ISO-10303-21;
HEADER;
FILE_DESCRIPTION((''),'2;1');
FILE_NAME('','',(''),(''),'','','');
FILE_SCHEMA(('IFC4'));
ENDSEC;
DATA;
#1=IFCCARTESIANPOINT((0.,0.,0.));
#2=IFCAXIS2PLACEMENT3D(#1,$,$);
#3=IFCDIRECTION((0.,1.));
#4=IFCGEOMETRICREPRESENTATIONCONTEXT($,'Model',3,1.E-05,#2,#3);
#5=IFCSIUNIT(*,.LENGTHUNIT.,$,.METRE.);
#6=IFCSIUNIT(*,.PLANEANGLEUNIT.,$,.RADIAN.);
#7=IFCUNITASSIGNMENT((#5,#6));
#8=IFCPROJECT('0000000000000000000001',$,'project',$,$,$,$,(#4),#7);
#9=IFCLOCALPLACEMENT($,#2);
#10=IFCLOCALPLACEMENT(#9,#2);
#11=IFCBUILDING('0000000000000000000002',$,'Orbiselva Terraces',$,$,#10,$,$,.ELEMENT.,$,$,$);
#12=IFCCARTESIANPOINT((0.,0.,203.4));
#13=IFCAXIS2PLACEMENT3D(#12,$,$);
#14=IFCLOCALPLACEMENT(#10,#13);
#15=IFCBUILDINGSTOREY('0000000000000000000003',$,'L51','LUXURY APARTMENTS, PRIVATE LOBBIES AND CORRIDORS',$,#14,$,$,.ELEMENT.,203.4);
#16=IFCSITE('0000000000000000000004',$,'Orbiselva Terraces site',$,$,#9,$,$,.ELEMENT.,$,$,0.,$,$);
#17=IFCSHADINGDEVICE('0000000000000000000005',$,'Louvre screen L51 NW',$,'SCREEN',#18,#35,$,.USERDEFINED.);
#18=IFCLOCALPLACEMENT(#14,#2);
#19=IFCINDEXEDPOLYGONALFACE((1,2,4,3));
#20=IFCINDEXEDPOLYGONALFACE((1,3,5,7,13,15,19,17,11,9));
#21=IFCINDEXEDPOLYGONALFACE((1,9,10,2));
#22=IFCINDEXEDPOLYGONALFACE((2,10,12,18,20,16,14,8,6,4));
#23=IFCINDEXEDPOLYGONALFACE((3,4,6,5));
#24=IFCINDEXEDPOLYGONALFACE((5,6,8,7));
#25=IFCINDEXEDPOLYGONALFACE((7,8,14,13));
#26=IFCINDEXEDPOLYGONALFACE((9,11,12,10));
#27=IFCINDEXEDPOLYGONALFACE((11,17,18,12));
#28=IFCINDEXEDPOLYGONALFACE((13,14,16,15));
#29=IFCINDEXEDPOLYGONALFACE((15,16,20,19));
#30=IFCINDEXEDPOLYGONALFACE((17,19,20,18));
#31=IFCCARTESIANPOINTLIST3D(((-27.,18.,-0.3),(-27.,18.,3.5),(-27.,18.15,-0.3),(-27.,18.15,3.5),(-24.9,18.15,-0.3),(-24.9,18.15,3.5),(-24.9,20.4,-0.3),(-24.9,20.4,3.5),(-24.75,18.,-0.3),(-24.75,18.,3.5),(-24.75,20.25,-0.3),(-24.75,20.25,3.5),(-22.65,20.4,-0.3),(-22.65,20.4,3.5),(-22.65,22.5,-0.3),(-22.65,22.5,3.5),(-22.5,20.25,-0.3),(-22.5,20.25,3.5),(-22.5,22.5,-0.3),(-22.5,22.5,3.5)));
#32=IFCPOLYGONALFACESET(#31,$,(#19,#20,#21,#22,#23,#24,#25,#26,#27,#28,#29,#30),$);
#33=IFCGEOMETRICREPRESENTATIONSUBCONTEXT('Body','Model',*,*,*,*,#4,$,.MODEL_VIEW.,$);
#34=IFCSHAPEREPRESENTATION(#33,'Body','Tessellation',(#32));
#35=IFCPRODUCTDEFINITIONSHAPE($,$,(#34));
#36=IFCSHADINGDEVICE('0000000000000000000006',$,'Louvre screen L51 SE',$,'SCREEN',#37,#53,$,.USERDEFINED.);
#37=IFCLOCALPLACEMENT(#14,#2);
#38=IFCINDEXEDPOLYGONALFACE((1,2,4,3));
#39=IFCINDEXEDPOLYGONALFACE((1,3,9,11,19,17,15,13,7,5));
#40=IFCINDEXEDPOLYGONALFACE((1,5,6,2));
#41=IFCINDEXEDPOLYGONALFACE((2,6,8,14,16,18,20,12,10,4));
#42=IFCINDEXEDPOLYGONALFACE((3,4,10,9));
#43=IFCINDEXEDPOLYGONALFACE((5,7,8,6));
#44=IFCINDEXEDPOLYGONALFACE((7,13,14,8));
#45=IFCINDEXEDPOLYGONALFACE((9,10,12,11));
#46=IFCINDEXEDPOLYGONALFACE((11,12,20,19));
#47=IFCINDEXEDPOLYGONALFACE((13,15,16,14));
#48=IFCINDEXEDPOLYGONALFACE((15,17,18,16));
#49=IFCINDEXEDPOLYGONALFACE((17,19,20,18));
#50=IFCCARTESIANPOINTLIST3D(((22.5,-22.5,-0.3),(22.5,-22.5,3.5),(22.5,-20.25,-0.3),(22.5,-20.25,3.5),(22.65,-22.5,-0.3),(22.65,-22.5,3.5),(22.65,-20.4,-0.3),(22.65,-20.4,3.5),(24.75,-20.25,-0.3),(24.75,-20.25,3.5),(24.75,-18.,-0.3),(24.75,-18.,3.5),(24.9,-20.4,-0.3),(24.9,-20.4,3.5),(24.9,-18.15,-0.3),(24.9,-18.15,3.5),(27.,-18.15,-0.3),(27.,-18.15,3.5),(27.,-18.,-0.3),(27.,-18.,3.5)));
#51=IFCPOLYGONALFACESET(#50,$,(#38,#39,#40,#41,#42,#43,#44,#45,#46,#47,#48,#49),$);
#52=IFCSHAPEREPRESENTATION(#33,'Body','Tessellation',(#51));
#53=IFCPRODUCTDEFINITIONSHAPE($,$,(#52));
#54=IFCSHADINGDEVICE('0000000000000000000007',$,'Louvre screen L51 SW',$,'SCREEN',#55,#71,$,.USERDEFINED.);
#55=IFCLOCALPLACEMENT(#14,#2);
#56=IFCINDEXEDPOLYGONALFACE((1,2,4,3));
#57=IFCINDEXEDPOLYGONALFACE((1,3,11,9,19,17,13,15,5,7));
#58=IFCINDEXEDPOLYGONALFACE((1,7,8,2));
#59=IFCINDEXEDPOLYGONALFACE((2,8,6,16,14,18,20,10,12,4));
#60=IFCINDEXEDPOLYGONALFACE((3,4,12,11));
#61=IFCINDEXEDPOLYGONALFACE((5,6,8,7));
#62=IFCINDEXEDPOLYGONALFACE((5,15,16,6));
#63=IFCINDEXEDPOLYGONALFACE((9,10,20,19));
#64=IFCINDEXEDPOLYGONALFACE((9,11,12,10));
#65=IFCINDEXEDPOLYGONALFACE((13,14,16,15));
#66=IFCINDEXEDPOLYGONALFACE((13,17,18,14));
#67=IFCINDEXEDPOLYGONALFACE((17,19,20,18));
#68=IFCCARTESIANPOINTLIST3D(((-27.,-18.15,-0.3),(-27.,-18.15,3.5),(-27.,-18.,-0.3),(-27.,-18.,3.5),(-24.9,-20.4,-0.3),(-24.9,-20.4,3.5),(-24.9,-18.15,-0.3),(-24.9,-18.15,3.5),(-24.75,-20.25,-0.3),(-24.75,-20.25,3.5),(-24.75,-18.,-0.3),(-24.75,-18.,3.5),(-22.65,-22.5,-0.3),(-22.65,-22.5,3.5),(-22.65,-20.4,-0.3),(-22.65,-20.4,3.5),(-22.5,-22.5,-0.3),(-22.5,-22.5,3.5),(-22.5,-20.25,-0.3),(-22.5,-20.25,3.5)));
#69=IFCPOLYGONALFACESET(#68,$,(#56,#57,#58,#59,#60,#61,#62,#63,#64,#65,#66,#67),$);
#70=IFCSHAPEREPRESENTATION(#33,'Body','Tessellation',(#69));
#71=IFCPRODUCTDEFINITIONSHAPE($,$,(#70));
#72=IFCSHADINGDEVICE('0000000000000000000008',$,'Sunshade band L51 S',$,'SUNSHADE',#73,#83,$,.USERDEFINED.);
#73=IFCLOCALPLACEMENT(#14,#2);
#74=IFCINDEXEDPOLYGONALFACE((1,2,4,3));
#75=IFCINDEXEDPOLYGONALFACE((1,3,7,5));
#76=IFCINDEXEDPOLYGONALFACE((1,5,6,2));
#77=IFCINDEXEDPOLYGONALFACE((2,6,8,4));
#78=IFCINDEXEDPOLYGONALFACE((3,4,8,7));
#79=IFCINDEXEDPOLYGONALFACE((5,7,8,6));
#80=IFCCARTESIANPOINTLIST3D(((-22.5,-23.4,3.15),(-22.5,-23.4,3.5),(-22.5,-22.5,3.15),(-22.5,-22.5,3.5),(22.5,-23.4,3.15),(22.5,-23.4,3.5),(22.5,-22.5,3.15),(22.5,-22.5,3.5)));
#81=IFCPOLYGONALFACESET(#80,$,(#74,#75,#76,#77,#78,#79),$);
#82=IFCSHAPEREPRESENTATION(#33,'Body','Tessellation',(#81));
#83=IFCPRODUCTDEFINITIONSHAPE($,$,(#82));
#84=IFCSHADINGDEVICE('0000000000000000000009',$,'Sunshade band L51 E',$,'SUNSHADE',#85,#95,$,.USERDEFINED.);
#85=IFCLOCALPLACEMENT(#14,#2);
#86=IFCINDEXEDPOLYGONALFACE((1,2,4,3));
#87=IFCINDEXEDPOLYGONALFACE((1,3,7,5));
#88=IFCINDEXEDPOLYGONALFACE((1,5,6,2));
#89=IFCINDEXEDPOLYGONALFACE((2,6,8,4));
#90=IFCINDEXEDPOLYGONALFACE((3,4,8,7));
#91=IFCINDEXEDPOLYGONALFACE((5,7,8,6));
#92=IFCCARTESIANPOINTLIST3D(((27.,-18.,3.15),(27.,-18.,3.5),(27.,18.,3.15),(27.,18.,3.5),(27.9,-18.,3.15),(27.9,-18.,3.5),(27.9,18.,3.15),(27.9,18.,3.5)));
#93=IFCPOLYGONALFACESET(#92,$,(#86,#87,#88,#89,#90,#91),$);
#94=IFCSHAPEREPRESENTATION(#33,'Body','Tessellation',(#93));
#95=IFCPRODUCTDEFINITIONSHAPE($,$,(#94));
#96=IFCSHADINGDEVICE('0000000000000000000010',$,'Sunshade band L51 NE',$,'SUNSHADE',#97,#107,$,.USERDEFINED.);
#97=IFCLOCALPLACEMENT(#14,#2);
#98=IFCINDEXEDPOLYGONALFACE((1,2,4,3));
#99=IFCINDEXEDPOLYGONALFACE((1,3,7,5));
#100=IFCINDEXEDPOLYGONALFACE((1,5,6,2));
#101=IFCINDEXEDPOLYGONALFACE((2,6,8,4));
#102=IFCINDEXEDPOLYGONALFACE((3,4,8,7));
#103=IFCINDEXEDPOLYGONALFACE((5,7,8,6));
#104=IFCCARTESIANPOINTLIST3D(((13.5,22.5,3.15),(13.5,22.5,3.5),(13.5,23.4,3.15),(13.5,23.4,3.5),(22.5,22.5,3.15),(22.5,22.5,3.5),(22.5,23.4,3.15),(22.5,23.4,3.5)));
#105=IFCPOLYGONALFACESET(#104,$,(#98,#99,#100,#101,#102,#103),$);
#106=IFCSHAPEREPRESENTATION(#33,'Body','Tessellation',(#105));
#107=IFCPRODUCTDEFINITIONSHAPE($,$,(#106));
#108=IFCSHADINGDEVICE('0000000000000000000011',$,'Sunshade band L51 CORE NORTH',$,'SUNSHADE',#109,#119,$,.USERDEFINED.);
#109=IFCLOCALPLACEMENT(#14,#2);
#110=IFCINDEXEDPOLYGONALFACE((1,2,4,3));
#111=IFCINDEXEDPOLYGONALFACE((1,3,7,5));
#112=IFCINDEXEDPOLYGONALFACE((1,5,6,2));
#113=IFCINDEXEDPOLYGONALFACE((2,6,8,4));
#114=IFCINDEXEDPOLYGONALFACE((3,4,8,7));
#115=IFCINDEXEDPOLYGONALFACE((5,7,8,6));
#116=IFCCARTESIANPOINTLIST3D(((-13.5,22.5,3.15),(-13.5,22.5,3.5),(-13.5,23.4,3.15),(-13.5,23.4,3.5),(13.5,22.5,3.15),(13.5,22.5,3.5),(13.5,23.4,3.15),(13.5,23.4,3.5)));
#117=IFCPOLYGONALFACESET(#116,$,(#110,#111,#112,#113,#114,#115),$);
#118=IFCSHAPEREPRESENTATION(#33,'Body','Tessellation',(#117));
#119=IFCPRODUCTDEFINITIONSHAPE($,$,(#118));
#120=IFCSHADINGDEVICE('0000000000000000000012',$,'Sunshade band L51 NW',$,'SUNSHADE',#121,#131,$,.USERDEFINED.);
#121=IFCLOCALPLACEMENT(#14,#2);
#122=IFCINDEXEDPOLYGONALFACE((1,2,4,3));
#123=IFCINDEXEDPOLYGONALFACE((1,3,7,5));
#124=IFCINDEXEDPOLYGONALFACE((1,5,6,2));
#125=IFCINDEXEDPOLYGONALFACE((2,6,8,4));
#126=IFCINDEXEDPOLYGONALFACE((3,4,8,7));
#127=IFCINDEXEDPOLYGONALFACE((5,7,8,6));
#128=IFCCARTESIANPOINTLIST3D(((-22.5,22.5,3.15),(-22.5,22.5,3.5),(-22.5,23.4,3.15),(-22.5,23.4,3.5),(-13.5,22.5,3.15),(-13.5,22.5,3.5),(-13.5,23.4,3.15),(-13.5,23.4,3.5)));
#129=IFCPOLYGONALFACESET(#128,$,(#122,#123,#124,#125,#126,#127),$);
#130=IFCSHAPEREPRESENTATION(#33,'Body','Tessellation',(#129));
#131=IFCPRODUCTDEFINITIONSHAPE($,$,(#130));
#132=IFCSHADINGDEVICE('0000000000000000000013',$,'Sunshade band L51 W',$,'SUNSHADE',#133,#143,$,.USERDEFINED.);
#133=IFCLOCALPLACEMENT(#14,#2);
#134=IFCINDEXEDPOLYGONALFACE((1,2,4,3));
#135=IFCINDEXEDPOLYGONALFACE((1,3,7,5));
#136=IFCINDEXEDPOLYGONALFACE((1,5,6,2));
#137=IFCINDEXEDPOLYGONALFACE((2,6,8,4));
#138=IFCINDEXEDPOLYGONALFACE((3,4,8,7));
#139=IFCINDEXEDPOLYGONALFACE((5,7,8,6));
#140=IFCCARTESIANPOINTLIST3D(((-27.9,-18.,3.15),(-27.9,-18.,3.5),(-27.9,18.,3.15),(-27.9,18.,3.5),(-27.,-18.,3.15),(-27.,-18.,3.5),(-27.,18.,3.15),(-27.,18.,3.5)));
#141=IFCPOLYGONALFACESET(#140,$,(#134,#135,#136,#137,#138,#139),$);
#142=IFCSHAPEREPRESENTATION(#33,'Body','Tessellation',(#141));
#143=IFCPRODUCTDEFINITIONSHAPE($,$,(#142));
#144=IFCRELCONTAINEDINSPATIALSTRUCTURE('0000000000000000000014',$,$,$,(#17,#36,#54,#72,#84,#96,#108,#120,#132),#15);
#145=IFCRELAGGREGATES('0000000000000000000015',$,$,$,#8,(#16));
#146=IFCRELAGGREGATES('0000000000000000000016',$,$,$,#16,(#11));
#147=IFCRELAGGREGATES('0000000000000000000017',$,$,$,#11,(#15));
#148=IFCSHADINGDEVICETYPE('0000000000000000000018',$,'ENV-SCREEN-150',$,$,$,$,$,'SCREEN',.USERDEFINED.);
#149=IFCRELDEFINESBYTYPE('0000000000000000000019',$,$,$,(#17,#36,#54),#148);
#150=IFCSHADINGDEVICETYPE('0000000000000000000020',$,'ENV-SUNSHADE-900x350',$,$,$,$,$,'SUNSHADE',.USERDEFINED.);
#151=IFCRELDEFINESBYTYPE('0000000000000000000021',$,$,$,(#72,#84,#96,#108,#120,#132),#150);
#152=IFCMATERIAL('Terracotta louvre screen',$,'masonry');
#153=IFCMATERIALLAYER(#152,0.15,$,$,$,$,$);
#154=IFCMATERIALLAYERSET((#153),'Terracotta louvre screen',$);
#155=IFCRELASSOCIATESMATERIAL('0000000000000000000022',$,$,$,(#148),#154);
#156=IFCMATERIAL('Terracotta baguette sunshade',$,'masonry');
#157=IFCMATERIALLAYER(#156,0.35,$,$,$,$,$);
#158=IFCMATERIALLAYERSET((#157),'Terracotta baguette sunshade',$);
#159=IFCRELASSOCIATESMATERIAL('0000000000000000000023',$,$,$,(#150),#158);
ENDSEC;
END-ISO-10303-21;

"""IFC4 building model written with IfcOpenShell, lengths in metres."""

from ifc_helpers import new_model, si_unit, direction, frame, origin, place, context, subcontext, project, spatial, polyline, outline, extrude, material, layer, layer_set, type_object, element, save


model = new_model("IFC4")

# Units and contexts
model_context = context("Model", 3, precision=1e-05, world=origin(), true_north=direction((0.0, 1.0)))
body_context = subcontext(model_context, "Body", "Model", "MODEL_VIEW")
ifc_project = project(units=[si_unit("LENGTHUNIT", "METRE"), si_unit("PLANEANGLEUNIT", "RADIAN")], contexts=[model_context])

# Site, building, storey
site_placement = place(None, origin())
site = spatial("IfcSite", under=ifc_project, at=site_placement, Name="Orbiselva Terraces site", CompositionType="ELEMENT", RefElevation=0.0)
building_placement = place(site_placement, origin())
building = spatial("IfcBuilding", under=site, at=building_placement, Name="Orbiselva Terraces", CompositionType="ELEMENT")
storey_placement = place(building_placement, frame((0.0, 0.0, 203.4)))
storey = spatial("IfcBuildingStorey", under=building, at=storey_placement, Name="L51", Description="LUXURY APARTMENTS, PRIVATE LOBBIES AND CORRIDORS", CompositionType="ELEMENT", Elevation=203.4)

# Shading devices
ifc_material_1 = material(Name="Terracotta louvre screen", Category="masonry")
ifc_layer_1 = layer(ifc_material_1, 0.15)
ifc_layer_set_1 = layer_set([ifc_layer_1], Name="Terracotta louvre screen")
shading_device_type_1 = type_object("IfcShadingDeviceType", Name="ENV-SCREEN-150", ElementType="SCREEN", PredefinedType="USERDEFINED", material=ifc_layer_set_1)
shading_device_1_placement = place(storey_placement, frame((0.0, 0.0, -0.3)))
element("IfcShadingDevice", 1, at=shading_device_1_placement, inside=storey, type_object=shading_device_type_1, Name="Louvre screen L51 NW", ObjectType="SCREEN", PredefinedType="USERDEFINED", context=body_context, shape_type="SweptSolid", body=[
    extrude(outline(polyline([(-22.65, 22.5), (-22.65, 20.4), (-24.9, 20.4), (-24.9, 18.15), (-27.0, 18.15), (-27.0, 18.0), (-24.75, 18.0), (-24.75, 20.25), (-22.5, 20.25), (-22.5, 22.5), (-22.65, 22.5)])), origin(), (0.0, 0.0, 1.0), 3.8),
])
shading_device_2_placement = place(storey_placement, frame((0.0, 0.0, -0.3)))
element("IfcShadingDevice", 2, at=shading_device_2_placement, inside=storey, type_object=shading_device_type_1, Name="Louvre screen L51 SE", ObjectType="SCREEN", PredefinedType="USERDEFINED", context=body_context, shape_type="SweptSolid", body=[
    extrude(outline(polyline([(22.65, -22.5), (22.65, -20.4), (24.9, -20.4), (24.9, -18.15), (27.0, -18.15), (27.0, -18.0), (24.75, -18.0), (24.75, -20.25), (22.5, -20.25), (22.5, -22.5), (22.65, -22.5)])), origin(), (0.0, 0.0, 1.0), 3.8),
])
shading_device_3_placement = place(storey_placement, frame((0.0, 0.0, -0.3)))
element("IfcShadingDevice", 3, at=shading_device_3_placement, inside=storey, type_object=shading_device_type_1, Name="Louvre screen L51 SW", ObjectType="SCREEN", PredefinedType="USERDEFINED", context=body_context, shape_type="SweptSolid", body=[
    extrude(outline(polyline([(-27.0, -18.15), (-24.9, -18.15), (-24.9, -20.4), (-22.65, -20.4), (-22.65, -22.5), (-22.5, -22.5), (-22.5, -20.25), (-24.75, -20.25), (-24.75, -18.0), (-27.0, -18.0), (-27.0, -18.15)])), origin(), (0.0, 0.0, 1.0), 3.8),
])
ifc_material_2 = material(Name="Terracotta baguette sunshade", Category="masonry")
ifc_layer_2 = layer(ifc_material_2, 0.35)
ifc_layer_set_2 = layer_set([ifc_layer_2], Name="Terracotta baguette sunshade")
shading_device_type_2 = type_object("IfcShadingDeviceType", Name="ENV-SUNSHADE-900x350", ElementType="SUNSHADE", PredefinedType="USERDEFINED", material=ifc_layer_set_2)
shading_device_4_placement = place(storey_placement, frame((0.0, 0.0, 3.15)))
element("IfcShadingDevice", 4, at=shading_device_4_placement, inside=storey, type_object=shading_device_type_2, Name="Sunshade band L51 S", ObjectType="SUNSHADE", PredefinedType="USERDEFINED", context=body_context, shape_type="SweptSolid", body=[
    extrude(outline(polyline([(-22.5, -23.4), (22.5, -23.4), (22.5, -22.5), (-22.5, -22.5), (-22.5, -23.4)])), origin(), (0.0, 0.0, 1.0), 0.35),
])
shading_device_5_placement = place(storey_placement, frame((0.0, 0.0, 3.15)))
element("IfcShadingDevice", 5, at=shading_device_5_placement, inside=storey, type_object=shading_device_type_2, Name="Sunshade band L51 E", ObjectType="SUNSHADE", PredefinedType="USERDEFINED", context=body_context, shape_type="SweptSolid", body=[
    extrude(outline(polyline([(27.9, -18.0), (27.9, 18.0), (27.0, 18.0), (27.0, -18.0), (27.9, -18.0)])), origin(), (0.0, 0.0, 1.0), 0.35),
])
shading_device_6_placement = place(storey_placement, frame((0.0, 0.0, 3.15)))
element("IfcShadingDevice", 6, at=shading_device_6_placement, inside=storey, type_object=shading_device_type_2, Name="Sunshade band L51 NE", ObjectType="SUNSHADE", PredefinedType="USERDEFINED", context=body_context, shape_type="SweptSolid", body=[
    extrude(outline(polyline([(22.5, 23.4), (13.5, 23.4), (13.5, 22.5), (22.5, 22.5), (22.5, 23.4)])), origin(), (0.0, 0.0, 1.0), 0.35),
])
shading_device_7_placement = place(storey_placement, frame((0.0, 0.0, 3.15)))
element("IfcShadingDevice", 7, at=shading_device_7_placement, inside=storey, type_object=shading_device_type_2, Name="Sunshade band L51 CORE NORTH", ObjectType="SUNSHADE", PredefinedType="USERDEFINED", context=body_context, shape_type="SweptSolid", body=[
    extrude(outline(polyline([(13.5, 23.4), (-13.5, 23.4), (-13.5, 22.5), (13.5, 22.5), (13.5, 23.4)])), origin(), (0.0, 0.0, 1.0), 0.35),
])
shading_device_8_placement = place(storey_placement, frame((0.0, 0.0, 3.15)))
element("IfcShadingDevice", 8, at=shading_device_8_placement, inside=storey, type_object=shading_device_type_2, Name="Sunshade band L51 NW", ObjectType="SUNSHADE", PredefinedType="USERDEFINED", context=body_context, shape_type="SweptSolid", body=[
    extrude(outline(polyline([(-13.5, 23.4), (-22.5, 23.4), (-22.5, 22.5), (-13.5, 22.5), (-13.5, 23.4)])), origin(), (0.0, 0.0, 1.0), 0.35),
])
shading_device_9_placement = place(storey_placement, frame((0.0, 0.0, 3.15)))
element("IfcShadingDevice", 9, at=shading_device_9_placement, inside=storey, type_object=shading_device_type_2, Name="Sunshade band L51 W", ObjectType="SUNSHADE", PredefinedType="USERDEFINED", context=body_context, shape_type="SweptSolid", body=[
    extrude(outline(polyline([(-27.9, 18.0), (-27.9, -18.0), (-27.0, -18.0), (-27.0, 18.0), (-27.9, 18.0)])), origin(), (0.0, 0.0, 1.0), 0.35),
])

save(model, "model.ifc")
